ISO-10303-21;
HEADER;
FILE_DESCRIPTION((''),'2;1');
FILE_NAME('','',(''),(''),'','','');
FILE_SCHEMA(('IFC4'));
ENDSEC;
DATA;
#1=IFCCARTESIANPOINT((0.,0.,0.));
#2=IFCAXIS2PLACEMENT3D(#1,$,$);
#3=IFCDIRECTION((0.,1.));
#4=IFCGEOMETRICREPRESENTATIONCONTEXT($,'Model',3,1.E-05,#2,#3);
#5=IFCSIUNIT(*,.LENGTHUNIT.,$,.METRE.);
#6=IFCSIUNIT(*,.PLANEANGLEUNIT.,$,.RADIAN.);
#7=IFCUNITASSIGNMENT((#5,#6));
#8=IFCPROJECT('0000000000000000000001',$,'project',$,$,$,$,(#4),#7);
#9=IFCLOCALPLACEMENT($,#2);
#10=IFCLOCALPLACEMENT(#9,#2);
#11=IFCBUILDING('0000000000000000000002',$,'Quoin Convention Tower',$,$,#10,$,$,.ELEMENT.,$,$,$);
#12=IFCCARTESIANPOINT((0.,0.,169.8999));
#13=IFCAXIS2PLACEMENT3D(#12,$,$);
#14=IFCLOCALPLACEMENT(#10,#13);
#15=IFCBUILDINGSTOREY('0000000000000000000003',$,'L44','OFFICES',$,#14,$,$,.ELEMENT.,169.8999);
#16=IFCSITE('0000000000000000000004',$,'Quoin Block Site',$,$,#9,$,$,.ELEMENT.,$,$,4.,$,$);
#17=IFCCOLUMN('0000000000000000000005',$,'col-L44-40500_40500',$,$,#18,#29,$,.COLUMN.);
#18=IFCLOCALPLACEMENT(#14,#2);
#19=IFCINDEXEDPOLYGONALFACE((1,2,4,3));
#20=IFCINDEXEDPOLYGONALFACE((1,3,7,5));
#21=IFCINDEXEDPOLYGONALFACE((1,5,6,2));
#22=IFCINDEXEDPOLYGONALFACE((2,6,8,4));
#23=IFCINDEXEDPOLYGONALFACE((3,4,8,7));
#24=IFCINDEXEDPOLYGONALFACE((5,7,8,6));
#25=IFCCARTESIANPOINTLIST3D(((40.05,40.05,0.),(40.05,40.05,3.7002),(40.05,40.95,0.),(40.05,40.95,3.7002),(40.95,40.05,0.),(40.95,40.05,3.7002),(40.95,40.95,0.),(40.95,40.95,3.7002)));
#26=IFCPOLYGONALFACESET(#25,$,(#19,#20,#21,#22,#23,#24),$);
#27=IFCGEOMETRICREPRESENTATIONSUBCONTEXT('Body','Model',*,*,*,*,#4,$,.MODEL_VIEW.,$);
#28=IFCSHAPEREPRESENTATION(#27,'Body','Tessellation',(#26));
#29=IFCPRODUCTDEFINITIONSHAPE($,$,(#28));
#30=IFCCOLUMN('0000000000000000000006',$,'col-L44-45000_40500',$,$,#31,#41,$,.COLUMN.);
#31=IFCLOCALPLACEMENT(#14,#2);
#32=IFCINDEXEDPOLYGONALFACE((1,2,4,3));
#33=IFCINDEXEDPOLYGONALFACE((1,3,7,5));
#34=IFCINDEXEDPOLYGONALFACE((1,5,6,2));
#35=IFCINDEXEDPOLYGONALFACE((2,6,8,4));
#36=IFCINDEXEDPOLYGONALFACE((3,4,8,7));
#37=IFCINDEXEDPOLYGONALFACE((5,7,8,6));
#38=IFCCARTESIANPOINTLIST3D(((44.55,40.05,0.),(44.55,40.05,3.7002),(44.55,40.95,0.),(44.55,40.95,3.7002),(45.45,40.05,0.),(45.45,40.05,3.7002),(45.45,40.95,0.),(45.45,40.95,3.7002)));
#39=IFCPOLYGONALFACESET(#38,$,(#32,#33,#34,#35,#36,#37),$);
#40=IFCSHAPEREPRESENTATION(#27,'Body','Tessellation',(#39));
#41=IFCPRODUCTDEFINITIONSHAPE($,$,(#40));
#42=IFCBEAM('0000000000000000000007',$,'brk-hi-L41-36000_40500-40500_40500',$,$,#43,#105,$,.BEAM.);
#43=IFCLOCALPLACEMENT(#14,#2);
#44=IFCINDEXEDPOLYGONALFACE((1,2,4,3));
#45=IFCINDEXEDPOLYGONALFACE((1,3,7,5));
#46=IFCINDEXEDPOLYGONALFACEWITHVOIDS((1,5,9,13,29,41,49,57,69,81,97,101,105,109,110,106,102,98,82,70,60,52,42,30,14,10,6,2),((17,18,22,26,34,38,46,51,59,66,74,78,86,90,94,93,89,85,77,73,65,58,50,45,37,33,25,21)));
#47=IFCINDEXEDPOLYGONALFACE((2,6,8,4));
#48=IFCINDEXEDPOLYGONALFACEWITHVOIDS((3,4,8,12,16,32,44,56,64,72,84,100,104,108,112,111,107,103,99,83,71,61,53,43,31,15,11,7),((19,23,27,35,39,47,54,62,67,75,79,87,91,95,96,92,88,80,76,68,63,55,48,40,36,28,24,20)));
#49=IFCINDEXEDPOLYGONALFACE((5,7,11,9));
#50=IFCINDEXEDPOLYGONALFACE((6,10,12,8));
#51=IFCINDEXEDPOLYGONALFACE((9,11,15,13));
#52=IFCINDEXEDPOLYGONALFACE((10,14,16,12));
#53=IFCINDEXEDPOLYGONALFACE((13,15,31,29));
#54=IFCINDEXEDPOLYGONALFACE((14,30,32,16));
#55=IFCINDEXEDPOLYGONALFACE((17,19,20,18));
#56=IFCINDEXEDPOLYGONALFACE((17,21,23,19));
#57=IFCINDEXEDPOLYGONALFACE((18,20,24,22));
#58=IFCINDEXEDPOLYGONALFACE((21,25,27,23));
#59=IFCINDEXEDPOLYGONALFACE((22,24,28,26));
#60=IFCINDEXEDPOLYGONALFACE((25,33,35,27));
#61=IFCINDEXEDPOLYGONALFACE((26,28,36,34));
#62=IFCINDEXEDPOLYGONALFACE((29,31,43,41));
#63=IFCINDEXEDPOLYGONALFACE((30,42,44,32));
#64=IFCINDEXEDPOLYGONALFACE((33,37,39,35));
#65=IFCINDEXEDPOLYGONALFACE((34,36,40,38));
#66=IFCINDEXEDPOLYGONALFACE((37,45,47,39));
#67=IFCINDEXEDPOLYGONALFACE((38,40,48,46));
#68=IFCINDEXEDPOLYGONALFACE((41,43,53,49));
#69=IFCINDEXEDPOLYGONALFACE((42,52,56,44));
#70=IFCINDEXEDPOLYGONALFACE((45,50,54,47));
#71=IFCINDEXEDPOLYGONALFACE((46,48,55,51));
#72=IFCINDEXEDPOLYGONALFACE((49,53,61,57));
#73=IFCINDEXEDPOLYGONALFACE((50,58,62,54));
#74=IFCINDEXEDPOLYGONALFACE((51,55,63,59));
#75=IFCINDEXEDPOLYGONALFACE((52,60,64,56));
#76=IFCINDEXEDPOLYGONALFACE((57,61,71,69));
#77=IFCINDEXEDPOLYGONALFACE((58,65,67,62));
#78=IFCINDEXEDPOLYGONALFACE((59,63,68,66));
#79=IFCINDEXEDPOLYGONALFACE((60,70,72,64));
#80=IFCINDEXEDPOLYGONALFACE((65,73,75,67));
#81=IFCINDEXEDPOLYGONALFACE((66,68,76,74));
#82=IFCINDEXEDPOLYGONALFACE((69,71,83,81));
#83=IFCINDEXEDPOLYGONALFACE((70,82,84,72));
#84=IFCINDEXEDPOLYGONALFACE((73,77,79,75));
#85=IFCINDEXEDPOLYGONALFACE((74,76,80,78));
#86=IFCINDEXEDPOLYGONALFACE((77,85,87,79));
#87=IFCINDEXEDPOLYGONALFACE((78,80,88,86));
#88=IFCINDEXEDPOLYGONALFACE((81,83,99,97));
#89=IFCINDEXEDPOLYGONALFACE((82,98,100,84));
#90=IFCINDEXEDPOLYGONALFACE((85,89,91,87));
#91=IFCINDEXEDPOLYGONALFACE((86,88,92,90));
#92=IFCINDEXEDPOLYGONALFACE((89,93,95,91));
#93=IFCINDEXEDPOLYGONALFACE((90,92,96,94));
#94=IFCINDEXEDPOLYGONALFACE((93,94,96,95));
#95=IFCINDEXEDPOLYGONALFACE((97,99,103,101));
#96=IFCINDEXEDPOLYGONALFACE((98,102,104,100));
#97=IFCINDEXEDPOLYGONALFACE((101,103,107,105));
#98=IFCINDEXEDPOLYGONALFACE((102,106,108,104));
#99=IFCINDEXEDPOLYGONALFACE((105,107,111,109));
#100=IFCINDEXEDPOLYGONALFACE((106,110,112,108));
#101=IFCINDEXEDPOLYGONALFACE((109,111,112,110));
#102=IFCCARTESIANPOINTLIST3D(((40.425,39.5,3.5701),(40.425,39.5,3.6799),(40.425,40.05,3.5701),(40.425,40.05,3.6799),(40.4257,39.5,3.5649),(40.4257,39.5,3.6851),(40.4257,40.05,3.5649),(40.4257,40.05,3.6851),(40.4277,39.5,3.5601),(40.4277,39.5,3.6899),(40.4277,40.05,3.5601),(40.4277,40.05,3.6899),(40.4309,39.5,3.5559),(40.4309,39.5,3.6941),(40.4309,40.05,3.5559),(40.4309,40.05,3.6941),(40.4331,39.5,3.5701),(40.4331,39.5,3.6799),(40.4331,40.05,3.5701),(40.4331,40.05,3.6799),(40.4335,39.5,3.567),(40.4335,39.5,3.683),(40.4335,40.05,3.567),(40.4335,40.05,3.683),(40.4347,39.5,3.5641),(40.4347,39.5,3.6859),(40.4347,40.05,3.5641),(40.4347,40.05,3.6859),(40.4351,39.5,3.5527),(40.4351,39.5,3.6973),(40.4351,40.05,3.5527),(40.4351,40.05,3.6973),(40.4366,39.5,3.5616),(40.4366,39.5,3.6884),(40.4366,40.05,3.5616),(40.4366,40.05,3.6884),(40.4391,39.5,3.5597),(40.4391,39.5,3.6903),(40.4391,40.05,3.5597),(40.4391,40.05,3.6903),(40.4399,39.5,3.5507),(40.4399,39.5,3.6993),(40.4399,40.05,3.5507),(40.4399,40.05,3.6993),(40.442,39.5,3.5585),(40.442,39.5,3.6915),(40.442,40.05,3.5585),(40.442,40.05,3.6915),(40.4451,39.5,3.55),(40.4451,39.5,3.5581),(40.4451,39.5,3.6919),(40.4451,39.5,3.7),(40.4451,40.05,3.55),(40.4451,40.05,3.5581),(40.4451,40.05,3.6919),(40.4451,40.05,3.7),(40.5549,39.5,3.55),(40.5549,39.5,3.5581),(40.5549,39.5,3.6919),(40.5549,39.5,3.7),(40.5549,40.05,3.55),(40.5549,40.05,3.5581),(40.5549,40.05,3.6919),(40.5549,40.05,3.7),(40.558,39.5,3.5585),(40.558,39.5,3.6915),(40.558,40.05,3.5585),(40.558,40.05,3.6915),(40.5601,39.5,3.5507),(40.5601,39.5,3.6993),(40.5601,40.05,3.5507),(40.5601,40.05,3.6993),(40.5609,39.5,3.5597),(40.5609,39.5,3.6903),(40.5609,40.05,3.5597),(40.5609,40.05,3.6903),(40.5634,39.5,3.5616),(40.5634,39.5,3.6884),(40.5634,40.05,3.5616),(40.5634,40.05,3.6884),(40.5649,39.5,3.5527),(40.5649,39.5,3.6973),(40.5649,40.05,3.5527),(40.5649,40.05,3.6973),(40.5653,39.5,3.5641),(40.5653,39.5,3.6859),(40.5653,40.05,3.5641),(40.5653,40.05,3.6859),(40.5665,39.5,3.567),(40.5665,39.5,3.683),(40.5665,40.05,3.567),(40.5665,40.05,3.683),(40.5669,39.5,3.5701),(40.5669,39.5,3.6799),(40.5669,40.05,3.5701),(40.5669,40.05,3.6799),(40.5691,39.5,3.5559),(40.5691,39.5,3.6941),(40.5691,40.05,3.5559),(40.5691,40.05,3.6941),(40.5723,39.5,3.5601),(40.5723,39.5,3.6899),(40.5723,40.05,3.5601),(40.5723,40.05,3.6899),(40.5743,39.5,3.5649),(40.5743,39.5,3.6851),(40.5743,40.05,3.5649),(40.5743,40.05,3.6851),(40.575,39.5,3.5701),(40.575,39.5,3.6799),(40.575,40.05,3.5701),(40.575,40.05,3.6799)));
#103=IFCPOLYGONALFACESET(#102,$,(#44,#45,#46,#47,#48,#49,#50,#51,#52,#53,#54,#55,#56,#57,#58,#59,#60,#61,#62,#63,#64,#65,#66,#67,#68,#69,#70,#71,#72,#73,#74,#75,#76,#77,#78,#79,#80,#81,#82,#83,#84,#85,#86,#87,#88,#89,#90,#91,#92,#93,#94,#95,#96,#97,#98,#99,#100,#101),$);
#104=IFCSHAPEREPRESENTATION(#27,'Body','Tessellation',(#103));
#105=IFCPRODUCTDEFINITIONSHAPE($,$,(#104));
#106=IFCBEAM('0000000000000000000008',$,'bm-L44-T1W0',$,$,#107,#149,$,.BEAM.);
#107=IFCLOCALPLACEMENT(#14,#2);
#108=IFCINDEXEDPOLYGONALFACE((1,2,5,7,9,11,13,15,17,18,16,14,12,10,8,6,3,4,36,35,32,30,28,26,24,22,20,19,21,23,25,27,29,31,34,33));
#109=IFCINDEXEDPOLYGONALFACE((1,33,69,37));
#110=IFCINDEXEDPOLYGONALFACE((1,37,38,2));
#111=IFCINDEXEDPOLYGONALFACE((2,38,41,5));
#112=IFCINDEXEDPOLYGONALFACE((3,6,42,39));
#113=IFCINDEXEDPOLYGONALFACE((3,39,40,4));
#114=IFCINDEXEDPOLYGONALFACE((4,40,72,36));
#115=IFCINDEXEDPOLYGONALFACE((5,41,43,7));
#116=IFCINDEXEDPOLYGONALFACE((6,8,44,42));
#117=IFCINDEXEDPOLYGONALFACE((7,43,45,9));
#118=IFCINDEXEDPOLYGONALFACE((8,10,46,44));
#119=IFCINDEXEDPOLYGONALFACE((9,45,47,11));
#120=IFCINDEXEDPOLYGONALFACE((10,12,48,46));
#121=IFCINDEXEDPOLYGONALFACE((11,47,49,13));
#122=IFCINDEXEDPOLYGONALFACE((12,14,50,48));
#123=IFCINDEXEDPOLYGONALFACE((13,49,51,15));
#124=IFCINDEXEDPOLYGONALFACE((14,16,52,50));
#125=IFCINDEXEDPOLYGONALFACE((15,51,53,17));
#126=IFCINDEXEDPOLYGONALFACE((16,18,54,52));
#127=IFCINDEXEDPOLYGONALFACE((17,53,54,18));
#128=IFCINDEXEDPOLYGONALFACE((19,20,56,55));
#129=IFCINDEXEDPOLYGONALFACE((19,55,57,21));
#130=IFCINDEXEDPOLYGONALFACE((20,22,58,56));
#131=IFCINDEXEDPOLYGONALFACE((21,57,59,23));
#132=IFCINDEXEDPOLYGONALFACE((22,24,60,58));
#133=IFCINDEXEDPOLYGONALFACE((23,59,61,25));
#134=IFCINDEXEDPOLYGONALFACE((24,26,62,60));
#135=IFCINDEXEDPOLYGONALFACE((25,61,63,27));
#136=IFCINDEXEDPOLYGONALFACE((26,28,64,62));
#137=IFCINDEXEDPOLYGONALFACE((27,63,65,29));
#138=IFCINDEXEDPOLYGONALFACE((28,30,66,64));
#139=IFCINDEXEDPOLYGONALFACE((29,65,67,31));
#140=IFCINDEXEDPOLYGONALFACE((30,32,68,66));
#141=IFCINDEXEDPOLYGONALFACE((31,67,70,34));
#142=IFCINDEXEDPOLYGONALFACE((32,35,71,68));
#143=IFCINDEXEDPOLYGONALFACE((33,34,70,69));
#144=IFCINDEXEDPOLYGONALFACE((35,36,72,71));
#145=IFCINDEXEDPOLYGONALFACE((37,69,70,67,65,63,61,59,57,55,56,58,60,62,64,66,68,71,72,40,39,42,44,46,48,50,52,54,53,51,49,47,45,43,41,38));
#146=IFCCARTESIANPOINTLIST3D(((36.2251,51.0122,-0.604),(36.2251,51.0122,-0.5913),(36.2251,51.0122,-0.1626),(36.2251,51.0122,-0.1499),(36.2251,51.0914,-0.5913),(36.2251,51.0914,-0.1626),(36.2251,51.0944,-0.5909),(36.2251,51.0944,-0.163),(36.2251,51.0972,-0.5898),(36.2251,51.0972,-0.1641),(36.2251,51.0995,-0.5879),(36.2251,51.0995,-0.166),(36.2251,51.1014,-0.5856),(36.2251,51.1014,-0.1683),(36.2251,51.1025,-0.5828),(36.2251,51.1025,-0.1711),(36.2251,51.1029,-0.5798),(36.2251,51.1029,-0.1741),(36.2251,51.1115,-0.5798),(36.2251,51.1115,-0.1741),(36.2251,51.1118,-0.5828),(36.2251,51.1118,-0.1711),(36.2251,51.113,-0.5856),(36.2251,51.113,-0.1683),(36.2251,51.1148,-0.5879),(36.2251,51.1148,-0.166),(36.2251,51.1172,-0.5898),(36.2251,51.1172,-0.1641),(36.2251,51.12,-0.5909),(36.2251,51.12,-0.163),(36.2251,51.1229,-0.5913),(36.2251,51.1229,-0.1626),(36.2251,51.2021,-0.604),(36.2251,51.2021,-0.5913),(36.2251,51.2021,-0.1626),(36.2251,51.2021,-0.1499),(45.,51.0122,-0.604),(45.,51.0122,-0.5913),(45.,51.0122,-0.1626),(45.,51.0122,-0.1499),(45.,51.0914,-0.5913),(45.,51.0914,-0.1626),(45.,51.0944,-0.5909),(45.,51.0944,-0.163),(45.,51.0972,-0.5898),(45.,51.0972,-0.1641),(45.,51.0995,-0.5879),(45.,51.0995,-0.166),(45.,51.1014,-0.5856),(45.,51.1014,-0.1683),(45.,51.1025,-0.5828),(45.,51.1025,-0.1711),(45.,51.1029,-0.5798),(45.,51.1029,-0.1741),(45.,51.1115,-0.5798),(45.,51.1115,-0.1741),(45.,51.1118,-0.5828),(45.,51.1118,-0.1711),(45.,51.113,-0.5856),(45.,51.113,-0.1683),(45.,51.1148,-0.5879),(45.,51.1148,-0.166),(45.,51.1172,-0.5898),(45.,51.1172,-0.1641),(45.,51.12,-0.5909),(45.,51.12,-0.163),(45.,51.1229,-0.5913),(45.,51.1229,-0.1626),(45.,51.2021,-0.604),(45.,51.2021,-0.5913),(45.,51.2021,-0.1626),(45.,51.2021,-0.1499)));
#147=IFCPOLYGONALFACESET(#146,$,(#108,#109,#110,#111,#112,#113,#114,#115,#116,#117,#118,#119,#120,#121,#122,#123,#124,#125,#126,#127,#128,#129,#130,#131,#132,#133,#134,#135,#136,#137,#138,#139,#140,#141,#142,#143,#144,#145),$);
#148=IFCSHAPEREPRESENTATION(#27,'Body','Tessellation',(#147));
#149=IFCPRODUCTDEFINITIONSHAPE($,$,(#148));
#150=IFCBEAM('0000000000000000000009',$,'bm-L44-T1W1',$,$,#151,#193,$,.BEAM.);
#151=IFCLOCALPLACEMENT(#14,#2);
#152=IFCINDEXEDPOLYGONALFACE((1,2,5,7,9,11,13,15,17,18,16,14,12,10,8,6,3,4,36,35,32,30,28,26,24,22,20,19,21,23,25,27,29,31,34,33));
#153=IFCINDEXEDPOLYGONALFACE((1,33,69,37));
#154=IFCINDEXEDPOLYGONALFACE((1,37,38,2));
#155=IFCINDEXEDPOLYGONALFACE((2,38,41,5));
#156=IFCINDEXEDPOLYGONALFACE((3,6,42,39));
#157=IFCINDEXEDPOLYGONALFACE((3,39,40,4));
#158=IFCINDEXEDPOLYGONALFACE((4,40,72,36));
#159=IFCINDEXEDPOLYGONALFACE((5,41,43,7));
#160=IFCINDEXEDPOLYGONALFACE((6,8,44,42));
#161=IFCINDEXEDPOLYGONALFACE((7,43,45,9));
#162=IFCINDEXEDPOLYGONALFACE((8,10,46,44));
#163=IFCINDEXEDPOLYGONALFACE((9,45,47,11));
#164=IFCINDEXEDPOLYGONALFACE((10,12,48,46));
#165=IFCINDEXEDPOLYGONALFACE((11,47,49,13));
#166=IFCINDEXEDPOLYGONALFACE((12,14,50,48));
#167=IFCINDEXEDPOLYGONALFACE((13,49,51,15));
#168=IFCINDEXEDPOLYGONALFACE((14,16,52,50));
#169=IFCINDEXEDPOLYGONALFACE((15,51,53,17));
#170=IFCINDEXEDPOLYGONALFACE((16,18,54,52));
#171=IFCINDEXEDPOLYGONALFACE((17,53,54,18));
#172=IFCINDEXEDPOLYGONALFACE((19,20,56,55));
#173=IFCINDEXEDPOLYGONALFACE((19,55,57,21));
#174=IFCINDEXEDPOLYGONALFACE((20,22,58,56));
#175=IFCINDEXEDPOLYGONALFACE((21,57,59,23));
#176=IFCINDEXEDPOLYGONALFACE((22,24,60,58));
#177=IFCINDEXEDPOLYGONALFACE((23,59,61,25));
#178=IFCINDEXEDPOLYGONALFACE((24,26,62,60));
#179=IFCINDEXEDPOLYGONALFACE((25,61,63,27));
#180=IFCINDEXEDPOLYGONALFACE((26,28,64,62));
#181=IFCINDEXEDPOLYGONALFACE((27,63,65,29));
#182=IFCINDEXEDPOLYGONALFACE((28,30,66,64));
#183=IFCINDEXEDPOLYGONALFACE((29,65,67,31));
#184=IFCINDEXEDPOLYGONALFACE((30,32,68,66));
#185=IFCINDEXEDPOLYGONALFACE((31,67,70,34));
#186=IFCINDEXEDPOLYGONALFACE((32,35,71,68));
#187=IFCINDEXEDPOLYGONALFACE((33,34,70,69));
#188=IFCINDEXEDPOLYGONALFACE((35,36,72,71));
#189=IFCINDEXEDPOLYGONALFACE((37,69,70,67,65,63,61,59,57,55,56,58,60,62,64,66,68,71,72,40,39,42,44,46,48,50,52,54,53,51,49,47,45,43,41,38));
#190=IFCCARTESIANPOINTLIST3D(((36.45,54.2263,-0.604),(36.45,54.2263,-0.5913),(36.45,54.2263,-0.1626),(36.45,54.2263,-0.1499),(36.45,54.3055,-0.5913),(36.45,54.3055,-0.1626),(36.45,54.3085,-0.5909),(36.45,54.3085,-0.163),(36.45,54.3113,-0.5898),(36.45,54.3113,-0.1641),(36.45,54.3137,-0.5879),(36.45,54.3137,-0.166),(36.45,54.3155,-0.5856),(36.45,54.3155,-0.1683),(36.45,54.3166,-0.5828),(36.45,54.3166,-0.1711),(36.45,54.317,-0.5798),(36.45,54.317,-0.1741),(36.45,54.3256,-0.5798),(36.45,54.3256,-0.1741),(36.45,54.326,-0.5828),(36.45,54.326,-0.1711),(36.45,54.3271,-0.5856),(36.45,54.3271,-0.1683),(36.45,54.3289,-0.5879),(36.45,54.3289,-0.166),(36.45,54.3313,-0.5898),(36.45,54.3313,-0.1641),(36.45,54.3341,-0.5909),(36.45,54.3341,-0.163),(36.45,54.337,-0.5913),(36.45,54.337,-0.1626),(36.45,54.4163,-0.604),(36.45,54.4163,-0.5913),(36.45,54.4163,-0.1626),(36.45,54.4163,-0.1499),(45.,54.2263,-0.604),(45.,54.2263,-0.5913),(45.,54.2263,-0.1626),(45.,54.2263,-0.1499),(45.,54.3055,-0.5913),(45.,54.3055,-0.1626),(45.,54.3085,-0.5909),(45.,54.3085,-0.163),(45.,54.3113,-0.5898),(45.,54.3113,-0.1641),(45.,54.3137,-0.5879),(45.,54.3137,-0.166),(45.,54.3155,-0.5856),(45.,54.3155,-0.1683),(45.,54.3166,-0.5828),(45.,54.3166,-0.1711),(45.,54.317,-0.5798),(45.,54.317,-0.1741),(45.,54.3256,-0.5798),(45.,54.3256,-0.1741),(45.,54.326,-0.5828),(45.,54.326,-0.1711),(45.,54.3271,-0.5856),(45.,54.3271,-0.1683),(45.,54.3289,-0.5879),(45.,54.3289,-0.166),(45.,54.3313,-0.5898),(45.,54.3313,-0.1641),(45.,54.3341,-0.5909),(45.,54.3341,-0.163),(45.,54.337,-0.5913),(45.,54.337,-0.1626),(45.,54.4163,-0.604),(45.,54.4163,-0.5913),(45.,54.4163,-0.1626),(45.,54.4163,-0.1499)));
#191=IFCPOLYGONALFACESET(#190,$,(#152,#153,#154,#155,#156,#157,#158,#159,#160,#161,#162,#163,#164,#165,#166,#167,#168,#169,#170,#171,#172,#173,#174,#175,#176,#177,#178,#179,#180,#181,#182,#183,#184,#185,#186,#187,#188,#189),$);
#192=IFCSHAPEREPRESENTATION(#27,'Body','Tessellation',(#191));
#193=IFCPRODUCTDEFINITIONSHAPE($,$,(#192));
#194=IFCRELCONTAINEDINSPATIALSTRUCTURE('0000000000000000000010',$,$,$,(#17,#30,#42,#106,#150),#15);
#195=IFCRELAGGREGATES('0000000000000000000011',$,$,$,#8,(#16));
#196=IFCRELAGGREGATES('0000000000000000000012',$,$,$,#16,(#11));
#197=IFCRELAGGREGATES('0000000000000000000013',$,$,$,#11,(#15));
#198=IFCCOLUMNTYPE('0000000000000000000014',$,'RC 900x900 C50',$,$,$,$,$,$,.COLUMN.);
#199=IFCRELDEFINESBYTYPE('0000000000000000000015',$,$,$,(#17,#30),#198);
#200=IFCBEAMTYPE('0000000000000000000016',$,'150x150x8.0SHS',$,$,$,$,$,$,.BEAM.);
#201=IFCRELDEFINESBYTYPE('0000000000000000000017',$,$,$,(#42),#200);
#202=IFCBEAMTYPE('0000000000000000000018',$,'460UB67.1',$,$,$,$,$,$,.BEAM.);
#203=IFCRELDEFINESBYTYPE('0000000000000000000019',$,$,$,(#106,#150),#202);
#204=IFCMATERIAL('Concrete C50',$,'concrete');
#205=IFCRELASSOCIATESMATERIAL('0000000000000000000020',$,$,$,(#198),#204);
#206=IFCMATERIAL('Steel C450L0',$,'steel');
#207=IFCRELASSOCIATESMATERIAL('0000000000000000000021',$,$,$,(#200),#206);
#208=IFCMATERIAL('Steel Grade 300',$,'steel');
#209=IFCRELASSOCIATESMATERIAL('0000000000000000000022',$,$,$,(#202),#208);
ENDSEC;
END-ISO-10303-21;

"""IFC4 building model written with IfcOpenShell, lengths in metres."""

from ifc_helpers import new_model, si_unit, direction, frame, origin, origin_2d, place, context, subcontext, project, spatial, rectangle, hollow_rectangle, i_section, extrude, material, material_profile, profile_set, type_object, element, save


model = new_model("IFC4")

# Units and contexts
model_context = context("Model", 3, precision=1e-05, world=origin(), true_north=direction((0.0, 1.0)))
body_context = subcontext(model_context, "Body", "Model", "MODEL_VIEW")
ifc_project = project(units=[si_unit("LENGTHUNIT", "METRE"), si_unit("PLANEANGLEUNIT", "RADIAN")], contexts=[model_context])

# Site, building, storey
site_placement = place(None, origin())
site = spatial("IfcSite", under=ifc_project, at=site_placement, Name="Quoin Block Site", CompositionType="ELEMENT", RefElevation=4.0)
building_placement = place(site_placement, origin())
building = spatial("IfcBuilding", under=site, at=building_placement, Name="Quoin Convention Tower", CompositionType="ELEMENT")
storey_placement = place(building_placement, frame((0.0, 0.0, 169.8999)))
storey = spatial("IfcBuildingStorey", under=building, at=storey_placement, Name="L44", Description="OFFICES", CompositionType="ELEMENT", Elevation=169.8999)

# Columns
ifc_material_1 = material(Name="Concrete C50", Category="concrete")
ifc_material_profile_1 = material_profile(ifc_material_1, rectangle(XDim=0.8999, YDim=0.8999, at=origin_2d()), Name="RC 900x900")
ifc_profile_set_1 = profile_set([ifc_material_profile_1], Name="Concrete C50")
column_type = type_object("IfcColumnType", Name="RC 900x900 C50", PredefinedType="COLUMN", material=ifc_profile_set_1)
for number, where, z_axis, x_axis, name in (
    (1, (40.5, 40.5, 0.0), (0.0, 0.0, 1.0), (1.0, 0.0, 0.0), "col-L44-40500_40500"),
    (2, (45.0, 40.5, 0.0), (0.0, 0.0, 1.0), (1.0, 0.0, 0.0), "col-L44-45000_40500"),
):
    element("IfcColumn", number, at=place(storey_placement, frame(where, z_axis=z_axis, x_axis=x_axis)), inside=storey, type_object=column_type, Name=name, PredefinedType="COLUMN", context=body_context, shape_type="SweptSolid", body=[
        extrude(rectangle(XDim=0.8999, YDim=0.8999, at=origin_2d()), origin(), (0.0, 0.0, 1.0), 3.7002),
    ])

# Beams
ifc_material_2 = material(Name="Steel C450L0", Category="steel")
ifc_material_profile_2 = material_profile(ifc_material_2, hollow_rectangle(XDim=0.1499, YDim=0.1499, WallThickness=0.0081, InnerFilletRadius=0.012, OuterFilletRadius=0.02, at=origin_2d()), Name="150x150x8.0SHS")
ifc_profile_set_2 = profile_set([ifc_material_profile_2], Name="Steel C450L0")
beam_type_1 = type_object("IfcBeamType", Name="150x150x8.0SHS", PredefinedType="BEAM", material=ifc_profile_set_2)
beam_1_placement = place(storey_placement, frame((40.5, 40.05, 3.625), z_axis=(0.0, -1.0, 0.0), x_axis=(1.0, 0.0, 0.0)))
element("IfcBeam", 3, at=beam_1_placement, inside=storey, type_object=beam_type_1, Name="brk-hi-L41-36000_40500-40500_40500", PredefinedType="BEAM", context=body_context, shape_type="SweptSolid", body=[
    extrude(hollow_rectangle(XDim=0.1499, YDim=0.1499, WallThickness=0.0081, InnerFilletRadius=0.012, OuterFilletRadius=0.02, at=origin_2d()), origin(), (0.0, 0.0, 1.0), 0.55),
])
ifc_material_3 = material(Name="Steel Grade 300", Category="steel")
ifc_material_profile_3 = material_profile(ifc_material_3, i_section(OverallWidth=0.1899, OverallDepth=0.4541, WebThickness=0.0085, FlangeThickness=0.0127, FilletRadius=0.0115, at=origin_2d()), Name="460UB67.1")
ifc_profile_set_3 = profile_set([ifc_material_profile_3], Name="Steel Grade 300")
beam_type_2 = type_object("IfcBeamType", Name="460UB67.1", PredefinedType="BEAM", material=ifc_profile_set_3)
beam_2_placement = place(storey_placement, frame((36.2251, 51.1072, -0.377), z_axis=(1.0, 0.0, 0.0), x_axis=(0.0, 1.0, 0.0)))
element("IfcBeam", 4, at=beam_2_placement, inside=storey, type_object=beam_type_2, Name="bm-L44-T1W0", PredefinedType="BEAM", context=body_context, shape_type="SweptSolid", body=[
    extrude(i_section(OverallWidth=0.1899, OverallDepth=0.4541, WebThickness=0.0085, FlangeThickness=0.0127, FilletRadius=0.0115, at=origin_2d()), origin(), (0.0, 0.0, 1.0), 8.7749),
])
for number, where, z_axis, x_axis, name in (
    (5, (36.45, 54.3213, -0.377), (1.0, 0.0, 0.0), (0.0, 1.0, 0.0), "bm-L44-T1W1"),
):
    element("IfcBeam", number, at=place(storey_placement, frame(where, z_axis=z_axis, x_axis=x_axis)), inside=storey, type_object=beam_type_2, Name=name, PredefinedType="BEAM", context=body_context, shape_type="SweptSolid", body=[
        extrude(i_section(OverallWidth=0.1899, OverallDepth=0.4541, WebThickness=0.0085, FlangeThickness=0.0127, FilletRadius=0.0115, at=origin_2d()), origin(), (0.0, 0.0, 1.0), 8.55),
    ])

save(model, "model.ifc")
